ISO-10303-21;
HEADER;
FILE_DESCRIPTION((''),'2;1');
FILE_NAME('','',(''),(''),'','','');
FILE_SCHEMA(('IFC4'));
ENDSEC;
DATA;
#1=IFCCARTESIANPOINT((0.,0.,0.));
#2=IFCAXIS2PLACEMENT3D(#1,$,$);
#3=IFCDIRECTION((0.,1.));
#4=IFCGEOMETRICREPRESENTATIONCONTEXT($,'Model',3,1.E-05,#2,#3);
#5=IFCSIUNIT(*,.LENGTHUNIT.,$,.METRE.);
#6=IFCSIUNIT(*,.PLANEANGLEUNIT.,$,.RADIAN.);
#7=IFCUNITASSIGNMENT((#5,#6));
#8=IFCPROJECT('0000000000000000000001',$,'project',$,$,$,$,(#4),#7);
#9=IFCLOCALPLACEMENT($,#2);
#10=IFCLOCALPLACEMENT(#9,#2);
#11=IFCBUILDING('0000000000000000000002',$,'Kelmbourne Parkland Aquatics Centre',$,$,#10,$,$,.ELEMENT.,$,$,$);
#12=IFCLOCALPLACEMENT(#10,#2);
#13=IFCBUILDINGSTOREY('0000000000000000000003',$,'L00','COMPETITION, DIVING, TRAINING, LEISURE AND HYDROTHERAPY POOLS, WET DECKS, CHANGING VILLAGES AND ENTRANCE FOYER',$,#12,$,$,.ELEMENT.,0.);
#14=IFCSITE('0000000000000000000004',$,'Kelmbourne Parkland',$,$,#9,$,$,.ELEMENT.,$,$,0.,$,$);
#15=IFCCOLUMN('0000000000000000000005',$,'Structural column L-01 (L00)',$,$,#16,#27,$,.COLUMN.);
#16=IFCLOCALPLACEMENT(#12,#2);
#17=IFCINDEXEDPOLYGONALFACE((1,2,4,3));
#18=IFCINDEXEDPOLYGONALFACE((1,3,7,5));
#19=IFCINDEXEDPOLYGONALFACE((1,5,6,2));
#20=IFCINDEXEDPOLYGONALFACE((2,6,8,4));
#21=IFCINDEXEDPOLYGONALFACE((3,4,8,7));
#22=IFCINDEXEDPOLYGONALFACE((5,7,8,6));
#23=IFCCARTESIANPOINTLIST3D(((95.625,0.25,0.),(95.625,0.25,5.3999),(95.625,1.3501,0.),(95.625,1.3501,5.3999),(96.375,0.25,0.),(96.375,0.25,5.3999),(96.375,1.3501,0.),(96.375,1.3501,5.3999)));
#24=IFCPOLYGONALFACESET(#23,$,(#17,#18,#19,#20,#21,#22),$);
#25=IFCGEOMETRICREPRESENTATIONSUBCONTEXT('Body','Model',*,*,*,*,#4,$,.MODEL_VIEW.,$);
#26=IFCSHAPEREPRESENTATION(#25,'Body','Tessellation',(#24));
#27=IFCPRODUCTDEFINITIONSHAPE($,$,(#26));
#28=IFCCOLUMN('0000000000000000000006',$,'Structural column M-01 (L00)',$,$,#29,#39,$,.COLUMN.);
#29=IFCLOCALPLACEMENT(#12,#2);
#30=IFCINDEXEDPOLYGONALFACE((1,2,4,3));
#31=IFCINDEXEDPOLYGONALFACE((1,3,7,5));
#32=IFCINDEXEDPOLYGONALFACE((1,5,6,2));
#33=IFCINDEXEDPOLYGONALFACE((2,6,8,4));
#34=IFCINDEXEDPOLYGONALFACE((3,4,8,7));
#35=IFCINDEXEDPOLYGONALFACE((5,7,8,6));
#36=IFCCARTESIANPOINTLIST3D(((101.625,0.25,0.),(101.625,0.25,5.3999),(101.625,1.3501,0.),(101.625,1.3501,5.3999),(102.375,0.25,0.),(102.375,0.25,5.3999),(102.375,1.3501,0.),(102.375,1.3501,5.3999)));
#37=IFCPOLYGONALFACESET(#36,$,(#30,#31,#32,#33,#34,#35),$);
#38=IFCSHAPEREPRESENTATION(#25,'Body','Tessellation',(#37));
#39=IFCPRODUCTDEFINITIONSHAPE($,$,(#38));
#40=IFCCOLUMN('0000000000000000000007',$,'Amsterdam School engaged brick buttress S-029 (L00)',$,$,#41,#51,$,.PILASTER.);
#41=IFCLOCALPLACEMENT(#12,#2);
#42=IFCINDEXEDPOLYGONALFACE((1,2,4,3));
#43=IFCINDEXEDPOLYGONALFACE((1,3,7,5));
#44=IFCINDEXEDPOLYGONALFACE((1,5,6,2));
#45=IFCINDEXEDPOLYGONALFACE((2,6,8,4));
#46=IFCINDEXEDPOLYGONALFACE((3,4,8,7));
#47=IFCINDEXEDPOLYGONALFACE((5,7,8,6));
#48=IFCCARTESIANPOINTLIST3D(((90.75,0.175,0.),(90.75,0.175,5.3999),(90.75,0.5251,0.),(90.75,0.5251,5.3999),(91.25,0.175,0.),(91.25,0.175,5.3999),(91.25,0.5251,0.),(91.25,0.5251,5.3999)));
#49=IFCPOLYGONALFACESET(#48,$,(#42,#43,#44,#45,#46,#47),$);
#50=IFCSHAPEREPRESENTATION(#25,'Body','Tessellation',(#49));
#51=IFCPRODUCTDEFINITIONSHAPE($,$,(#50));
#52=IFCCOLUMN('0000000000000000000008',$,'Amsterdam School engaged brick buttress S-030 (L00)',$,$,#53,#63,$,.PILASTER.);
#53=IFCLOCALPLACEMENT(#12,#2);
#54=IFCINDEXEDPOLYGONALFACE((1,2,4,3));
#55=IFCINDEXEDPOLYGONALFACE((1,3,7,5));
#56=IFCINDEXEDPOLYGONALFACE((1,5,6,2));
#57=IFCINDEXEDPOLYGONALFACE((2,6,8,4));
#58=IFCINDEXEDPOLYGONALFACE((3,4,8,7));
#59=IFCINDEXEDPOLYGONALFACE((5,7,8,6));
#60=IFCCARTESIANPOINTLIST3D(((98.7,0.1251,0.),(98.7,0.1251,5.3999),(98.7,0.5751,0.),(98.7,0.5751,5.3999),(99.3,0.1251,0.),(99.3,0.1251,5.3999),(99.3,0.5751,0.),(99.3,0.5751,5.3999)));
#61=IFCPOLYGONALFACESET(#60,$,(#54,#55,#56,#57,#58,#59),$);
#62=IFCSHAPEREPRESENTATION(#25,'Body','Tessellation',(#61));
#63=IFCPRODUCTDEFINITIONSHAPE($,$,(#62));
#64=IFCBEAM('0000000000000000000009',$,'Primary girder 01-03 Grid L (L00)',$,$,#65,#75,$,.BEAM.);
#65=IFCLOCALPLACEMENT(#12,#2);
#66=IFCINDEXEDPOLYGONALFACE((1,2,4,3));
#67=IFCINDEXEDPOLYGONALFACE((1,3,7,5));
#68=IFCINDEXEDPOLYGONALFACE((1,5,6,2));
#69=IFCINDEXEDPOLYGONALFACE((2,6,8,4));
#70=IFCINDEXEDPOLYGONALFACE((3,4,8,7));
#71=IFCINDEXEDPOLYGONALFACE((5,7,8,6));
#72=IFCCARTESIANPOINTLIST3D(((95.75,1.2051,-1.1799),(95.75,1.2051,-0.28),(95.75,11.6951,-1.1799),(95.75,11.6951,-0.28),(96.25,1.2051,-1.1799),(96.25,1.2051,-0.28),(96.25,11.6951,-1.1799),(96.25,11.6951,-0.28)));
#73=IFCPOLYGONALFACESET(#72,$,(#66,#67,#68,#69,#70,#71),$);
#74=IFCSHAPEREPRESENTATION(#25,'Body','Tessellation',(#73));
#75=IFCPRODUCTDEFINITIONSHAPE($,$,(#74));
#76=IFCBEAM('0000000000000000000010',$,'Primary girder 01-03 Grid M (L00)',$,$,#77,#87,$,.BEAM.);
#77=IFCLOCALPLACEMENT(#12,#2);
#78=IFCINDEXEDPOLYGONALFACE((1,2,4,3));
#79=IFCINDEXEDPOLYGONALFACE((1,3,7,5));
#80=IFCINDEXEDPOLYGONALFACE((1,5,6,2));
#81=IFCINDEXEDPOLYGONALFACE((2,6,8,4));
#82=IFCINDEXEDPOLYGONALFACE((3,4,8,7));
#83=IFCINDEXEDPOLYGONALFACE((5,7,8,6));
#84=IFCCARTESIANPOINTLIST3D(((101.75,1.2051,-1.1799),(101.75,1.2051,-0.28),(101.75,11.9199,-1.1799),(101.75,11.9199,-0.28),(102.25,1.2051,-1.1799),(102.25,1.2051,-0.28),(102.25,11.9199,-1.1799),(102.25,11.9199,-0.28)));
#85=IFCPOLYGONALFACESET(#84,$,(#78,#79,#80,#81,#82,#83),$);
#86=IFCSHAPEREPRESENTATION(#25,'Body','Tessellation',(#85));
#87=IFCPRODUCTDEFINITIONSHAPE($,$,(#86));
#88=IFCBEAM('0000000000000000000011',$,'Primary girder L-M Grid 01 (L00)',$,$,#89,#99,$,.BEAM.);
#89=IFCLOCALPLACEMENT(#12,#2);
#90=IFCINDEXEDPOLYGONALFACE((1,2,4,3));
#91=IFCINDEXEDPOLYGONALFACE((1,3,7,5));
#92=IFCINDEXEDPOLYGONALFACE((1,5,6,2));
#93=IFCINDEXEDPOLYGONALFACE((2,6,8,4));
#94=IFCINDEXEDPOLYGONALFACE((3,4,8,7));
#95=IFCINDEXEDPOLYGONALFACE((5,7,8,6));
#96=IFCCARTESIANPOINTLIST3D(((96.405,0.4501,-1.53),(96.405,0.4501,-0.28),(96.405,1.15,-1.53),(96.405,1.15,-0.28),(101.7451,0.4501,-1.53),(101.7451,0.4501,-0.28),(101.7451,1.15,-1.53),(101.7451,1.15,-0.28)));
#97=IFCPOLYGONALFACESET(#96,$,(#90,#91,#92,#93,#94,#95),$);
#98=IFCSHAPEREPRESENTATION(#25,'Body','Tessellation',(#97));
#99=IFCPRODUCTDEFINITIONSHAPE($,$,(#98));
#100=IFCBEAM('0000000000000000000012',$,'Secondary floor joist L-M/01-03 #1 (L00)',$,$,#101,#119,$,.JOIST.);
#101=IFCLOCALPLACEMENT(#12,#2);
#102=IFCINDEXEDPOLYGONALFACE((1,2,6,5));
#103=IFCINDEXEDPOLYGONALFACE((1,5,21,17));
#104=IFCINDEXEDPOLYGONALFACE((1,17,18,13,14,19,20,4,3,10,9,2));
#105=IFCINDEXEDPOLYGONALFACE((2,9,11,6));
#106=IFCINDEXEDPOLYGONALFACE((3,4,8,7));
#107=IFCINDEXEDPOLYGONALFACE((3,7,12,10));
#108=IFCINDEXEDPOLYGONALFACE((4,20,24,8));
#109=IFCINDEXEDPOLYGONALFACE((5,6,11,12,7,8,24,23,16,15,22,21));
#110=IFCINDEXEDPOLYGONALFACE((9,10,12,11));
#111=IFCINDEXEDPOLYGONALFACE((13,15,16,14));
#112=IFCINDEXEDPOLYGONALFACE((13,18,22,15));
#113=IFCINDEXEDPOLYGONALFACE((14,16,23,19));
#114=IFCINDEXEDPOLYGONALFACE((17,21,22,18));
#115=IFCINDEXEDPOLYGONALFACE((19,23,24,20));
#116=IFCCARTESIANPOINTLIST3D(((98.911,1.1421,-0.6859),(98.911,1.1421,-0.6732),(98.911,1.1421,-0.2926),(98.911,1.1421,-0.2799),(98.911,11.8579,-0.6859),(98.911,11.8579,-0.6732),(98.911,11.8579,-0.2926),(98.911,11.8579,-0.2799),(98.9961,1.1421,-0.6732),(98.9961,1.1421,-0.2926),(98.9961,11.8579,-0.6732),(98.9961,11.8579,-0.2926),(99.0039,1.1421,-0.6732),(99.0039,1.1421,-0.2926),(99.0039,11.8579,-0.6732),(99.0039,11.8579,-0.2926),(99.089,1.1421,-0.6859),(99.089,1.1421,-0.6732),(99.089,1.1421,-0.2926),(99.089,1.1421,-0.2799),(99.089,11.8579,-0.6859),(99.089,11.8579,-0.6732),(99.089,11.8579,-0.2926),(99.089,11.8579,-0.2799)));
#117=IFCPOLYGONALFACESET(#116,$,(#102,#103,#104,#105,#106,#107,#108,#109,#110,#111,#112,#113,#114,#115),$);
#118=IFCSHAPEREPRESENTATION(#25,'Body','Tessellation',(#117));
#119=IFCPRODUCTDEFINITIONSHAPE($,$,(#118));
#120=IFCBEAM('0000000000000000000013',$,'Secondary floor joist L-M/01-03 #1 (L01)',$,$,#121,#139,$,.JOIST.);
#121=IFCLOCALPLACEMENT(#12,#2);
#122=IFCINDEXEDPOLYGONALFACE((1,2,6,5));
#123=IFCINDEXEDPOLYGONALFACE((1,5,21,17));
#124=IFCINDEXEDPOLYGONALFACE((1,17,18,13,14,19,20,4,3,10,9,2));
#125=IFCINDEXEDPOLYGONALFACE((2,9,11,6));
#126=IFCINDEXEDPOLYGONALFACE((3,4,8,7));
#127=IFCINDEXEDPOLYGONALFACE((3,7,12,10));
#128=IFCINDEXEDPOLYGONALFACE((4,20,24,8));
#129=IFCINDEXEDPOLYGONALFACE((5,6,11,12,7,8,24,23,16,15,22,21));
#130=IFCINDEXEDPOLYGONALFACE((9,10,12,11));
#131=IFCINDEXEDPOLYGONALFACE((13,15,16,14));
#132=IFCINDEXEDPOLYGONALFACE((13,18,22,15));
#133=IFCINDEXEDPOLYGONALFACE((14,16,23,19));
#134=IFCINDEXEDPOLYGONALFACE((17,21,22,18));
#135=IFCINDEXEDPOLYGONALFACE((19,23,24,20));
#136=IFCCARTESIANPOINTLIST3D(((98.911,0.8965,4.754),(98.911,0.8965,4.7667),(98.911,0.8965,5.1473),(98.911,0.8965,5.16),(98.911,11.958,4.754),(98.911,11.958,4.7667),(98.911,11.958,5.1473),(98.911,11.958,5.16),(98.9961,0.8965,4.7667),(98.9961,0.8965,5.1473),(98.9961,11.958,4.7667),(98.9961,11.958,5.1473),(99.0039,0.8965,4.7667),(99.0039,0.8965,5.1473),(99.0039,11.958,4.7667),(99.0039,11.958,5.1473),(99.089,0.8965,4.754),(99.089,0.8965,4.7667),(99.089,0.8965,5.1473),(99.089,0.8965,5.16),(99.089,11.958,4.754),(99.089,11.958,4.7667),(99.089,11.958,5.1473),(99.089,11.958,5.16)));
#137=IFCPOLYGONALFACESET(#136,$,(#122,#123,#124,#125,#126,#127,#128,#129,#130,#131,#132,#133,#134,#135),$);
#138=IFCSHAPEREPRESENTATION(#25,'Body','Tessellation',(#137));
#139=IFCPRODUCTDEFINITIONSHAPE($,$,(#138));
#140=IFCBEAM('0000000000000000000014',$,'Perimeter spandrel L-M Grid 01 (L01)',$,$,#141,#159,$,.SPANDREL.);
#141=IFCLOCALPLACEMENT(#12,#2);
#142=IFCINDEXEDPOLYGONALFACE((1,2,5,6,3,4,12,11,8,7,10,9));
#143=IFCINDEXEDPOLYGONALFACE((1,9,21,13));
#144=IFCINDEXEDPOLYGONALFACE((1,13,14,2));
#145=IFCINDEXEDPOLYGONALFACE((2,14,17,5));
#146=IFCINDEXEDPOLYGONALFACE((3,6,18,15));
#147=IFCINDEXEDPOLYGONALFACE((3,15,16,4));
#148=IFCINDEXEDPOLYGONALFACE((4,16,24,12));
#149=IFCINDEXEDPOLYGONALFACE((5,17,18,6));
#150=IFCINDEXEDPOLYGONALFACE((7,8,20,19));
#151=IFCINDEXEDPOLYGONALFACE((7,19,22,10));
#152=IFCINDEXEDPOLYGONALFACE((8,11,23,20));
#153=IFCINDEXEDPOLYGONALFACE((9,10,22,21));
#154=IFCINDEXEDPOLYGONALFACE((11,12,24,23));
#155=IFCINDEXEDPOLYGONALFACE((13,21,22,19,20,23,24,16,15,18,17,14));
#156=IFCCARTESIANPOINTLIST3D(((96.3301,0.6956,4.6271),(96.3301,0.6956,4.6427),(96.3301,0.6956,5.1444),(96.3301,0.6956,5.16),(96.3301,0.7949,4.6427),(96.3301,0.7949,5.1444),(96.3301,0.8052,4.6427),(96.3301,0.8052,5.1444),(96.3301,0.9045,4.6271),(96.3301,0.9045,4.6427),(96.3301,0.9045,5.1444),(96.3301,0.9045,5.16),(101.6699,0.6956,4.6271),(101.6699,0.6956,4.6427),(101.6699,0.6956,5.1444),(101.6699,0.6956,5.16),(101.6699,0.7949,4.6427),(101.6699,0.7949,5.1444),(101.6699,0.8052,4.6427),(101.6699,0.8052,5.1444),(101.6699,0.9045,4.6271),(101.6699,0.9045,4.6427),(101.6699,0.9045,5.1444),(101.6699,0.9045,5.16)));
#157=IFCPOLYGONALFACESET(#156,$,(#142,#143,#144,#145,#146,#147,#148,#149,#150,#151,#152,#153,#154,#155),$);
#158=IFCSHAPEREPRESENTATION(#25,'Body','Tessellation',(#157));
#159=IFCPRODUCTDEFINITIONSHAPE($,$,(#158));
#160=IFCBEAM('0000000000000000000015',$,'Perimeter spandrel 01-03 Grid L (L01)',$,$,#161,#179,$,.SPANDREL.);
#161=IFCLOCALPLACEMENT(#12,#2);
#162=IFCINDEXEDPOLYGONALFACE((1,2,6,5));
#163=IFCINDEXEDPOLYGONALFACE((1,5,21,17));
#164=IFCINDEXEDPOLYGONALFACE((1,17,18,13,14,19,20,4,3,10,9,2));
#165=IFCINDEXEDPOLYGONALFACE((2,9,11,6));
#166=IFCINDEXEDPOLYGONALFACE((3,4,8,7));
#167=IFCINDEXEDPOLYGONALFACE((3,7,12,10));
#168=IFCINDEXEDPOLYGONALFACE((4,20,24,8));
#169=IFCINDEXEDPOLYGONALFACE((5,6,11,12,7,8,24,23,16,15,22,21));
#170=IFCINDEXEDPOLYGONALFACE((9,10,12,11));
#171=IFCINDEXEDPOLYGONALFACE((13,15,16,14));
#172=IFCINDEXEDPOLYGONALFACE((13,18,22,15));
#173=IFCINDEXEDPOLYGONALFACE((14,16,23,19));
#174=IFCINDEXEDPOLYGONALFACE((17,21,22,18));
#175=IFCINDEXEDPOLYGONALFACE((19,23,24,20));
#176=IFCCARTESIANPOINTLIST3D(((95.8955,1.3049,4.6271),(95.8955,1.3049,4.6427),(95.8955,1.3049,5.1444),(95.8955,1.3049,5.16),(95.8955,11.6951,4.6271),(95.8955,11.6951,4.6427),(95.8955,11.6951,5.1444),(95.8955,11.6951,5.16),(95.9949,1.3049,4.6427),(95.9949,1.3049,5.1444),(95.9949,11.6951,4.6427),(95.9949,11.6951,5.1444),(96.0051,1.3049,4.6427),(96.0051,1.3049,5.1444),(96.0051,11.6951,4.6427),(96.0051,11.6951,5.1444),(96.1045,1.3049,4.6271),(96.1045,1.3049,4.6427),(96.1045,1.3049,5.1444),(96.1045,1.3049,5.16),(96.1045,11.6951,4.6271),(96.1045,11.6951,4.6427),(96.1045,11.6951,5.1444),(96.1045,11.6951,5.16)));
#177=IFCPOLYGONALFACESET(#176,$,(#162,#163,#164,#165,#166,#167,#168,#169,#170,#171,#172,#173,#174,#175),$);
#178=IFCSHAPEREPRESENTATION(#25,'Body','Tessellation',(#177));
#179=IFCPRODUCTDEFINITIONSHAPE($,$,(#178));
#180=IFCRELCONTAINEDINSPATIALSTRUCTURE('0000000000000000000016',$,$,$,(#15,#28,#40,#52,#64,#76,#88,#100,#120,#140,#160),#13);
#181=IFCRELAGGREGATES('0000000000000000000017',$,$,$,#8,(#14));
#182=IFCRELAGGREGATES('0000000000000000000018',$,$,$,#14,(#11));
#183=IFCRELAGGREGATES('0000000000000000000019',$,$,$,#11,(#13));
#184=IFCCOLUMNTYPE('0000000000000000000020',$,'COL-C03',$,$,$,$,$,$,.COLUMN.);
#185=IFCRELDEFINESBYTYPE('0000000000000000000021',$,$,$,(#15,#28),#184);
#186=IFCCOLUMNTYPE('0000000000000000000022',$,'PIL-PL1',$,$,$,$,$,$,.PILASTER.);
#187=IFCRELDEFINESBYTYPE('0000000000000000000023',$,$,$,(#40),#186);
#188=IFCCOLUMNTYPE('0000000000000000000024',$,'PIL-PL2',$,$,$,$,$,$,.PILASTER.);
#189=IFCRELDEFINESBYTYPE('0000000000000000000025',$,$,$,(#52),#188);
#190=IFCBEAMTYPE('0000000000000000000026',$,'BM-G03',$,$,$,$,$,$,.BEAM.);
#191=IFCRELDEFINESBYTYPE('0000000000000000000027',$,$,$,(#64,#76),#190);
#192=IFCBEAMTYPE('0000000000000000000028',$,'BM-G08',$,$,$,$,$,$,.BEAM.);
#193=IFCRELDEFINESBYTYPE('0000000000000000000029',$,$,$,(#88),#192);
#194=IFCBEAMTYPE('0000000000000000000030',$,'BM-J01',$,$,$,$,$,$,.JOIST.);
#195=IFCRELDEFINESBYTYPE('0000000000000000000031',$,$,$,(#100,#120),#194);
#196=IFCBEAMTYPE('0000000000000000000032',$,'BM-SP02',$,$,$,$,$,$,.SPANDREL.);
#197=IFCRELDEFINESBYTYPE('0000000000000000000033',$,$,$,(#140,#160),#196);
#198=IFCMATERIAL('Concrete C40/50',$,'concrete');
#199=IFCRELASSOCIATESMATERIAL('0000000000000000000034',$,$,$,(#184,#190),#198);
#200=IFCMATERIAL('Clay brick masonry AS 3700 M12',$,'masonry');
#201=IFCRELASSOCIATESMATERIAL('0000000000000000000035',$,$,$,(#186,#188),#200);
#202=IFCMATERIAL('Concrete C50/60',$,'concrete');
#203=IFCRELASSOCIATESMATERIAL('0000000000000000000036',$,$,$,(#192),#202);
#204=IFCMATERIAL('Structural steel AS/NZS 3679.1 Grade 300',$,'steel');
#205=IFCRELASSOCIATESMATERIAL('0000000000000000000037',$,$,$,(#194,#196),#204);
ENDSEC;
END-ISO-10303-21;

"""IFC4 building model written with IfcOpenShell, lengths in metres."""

from ifc_helpers import new_model, si_unit, direction, frame, origin, origin_2d, place, context, subcontext, project, spatial, rectangle, i_section, extrude, material, material_profile, profile_set, type_object, element, save


model = new_model("IFC4")

# Units and contexts
model_context = context("Model", 3, precision=1e-05, world=origin(), true_north=direction((0.0, 1.0)))
body_context = subcontext(model_context, "Body", "Model", "MODEL_VIEW")
ifc_project = project(units=[si_unit("LENGTHUNIT", "METRE"), si_unit("PLANEANGLEUNIT", "RADIAN")], contexts=[model_context])

# Site, building, storey
site_placement = place(None, origin())
site = spatial("IfcSite", under=ifc_project, at=site_placement, Name="Kelmbourne Parkland", CompositionType="ELEMENT", RefElevation=0.0)
building_placement = place(site_placement, origin())
building = spatial("IfcBuilding", under=site, at=building_placement, Name="Kelmbourne Parkland Aquatics Centre", CompositionType="ELEMENT")
storey_placement = place(building_placement, origin())
storey = spatial("IfcBuildingStorey", under=building, at=storey_placement, Name="L00", Description="COMPETITION, DIVING, TRAINING, LEISURE AND HYDROTHERAPY POOLS, WET DECKS, CHANGING VILLAGES AND ENTRANCE FOYER", CompositionType="ELEMENT", Elevation=0.0)

# Columns
ifc_material_1 = material(Name="Concrete C40/50", Category="concrete")
ifc_material_profile_1 = material_profile(ifc_material_1, rectangle(XDim=0.75, YDim=1.1001, at=origin_2d()), Name="RC 750x1100")
ifc_profile_set_1 = profile_set([ifc_material_profile_1], Name="Concrete C40/50")
column_type_1 = type_object("IfcColumnType", Name="COL-C03", PredefinedType="COLUMN", material=ifc_profile_set_1)
for number, where, z_axis, x_axis, name in (
    (1, (96.0, 0.8, 0.0), (0.0, 0.0, 1.0), (1.0, 0.0, 0.0), "Structural column L-01 (L00)"),
    (2, (102.0, 0.8, 0.0), (0.0, 0.0, 1.0), (1.0, 0.0, 0.0), "Structural column M-01 (L00)"),
):
    element("IfcColumn", number, at=place(storey_placement, frame(where, z_axis=z_axis, x_axis=x_axis)), inside=storey, type_object=column_type_1, Name=name, PredefinedType="COLUMN", context=body_context, shape_type="SweptSolid", body=[
        extrude(rectangle(XDim=0.75, YDim=1.1001, at=origin_2d()), origin(), (0.0, 0.0, 1.0), 5.3999),
    ])
ifc_material_2 = material(Name="Clay brick masonry AS 3700 M12", Category="masonry")
ifc_material_profile_2 = material_profile(ifc_material_2, rectangle(XDim=0.3501, YDim=0.5, at=origin_2d()), Name="PIL 350x500")
ifc_profile_set_2 = profile_set([ifc_material_profile_2], Name="Clay brick masonry AS 3700 M12")
column_type_2 = type_object("IfcColumnType", Name="PIL-PL1", PredefinedType="PILASTER", material=ifc_profile_set_2)
column_1_placement = place(storey_placement, frame((91.0, 0.3501, 0.0), z_axis=(0.0, 0.0, 1.0), x_axis=(0.0, 1.0, 0.0)))
element("IfcColumn", 3, at=column_1_placement, inside=storey, type_object=column_type_2, Name="Amsterdam School engaged brick buttress S-029 (L00)", PredefinedType="PILASTER", context=body_context, shape_type="SweptSolid", body=[
    extrude(rectangle(XDim=0.3501, YDim=0.5, at=origin_2d()), origin(), (0.0, 0.0, 1.0), 5.3999),
])
ifc_material_profile_3 = material_profile(ifc_material_2, rectangle(XDim=0.45, YDim=0.6001, at=origin_2d()), Name="PIL 450x600")
ifc_profile_set_3 = profile_set([ifc_material_profile_3], Name="Clay brick masonry AS 3700 M12")
column_type_3 = type_object("IfcColumnType", Name="PIL-PL2", PredefinedType="PILASTER", material=ifc_profile_set_3)
column_2_placement = place(storey_placement, frame((99.0, 0.3501, 0.0), z_axis=(0.0, 0.0, 1.0), x_axis=(0.0, 1.0, 0.0)))
element("IfcColumn", 4, at=column_2_placement, inside=storey, type_object=column_type_3, Name="Amsterdam School engaged brick buttress S-030 (L00)", PredefinedType="PILASTER", context=body_context, shape_type="SweptSolid", body=[
    extrude(rectangle(XDim=0.45, YDim=0.6001, at=origin_2d()), origin(), (0.0, 0.0, 1.0), 5.3999),
])

# Beams
ifc_material_profile_4 = material_profile(ifc_material_1, rectangle(XDim=0.5, YDim=0.8999, at=origin_2d()), Name="RC 500x900")
ifc_profile_set_4 = profile_set([ifc_material_profile_4], Name="Concrete C40/50")
beam_type_1 = type_object("IfcBeamType", Name="BM-G03", PredefinedType="BEAM", material=ifc_profile_set_4)
beam_1_placement = place(storey_placement, frame((96.0, 1.2051, -0.73), z_axis=(0.0, 1.0, 0.0), x_axis=(-1.0, 0.0, 0.0)))
element("IfcBeam", 5, at=beam_1_placement, inside=storey, type_object=beam_type_1, Name="Primary girder 01-03 Grid L (L00)", PredefinedType="BEAM", context=body_context, shape_type="SweptSolid", body=[
    extrude(rectangle(XDim=0.5, YDim=0.8999, at=origin_2d()), origin(), (0.0, 0.0, 1.0), 10.49),
])
beam_2_placement = place(storey_placement, frame((102.0, 1.2051, -0.73), z_axis=(0.0, 1.0, 0.0), x_axis=(-1.0, 0.0, 0.0)))
element("IfcBeam", 6, at=beam_2_placement, inside=storey, type_object=beam_type_1, Name="Primary girder 01-03 Grid M (L00)", PredefinedType="BEAM", context=body_context, shape_type="SweptSolid", body=[
    extrude(rectangle(XDim=0.5, YDim=0.8999, at=origin_2d()), origin(), (0.0, 0.0, 1.0), 10.7148),
])
ifc_material_3 = material(Name="Concrete C50/60", Category="concrete")
ifc_material_profile_5 = material_profile(ifc_material_3, rectangle(XDim=0.7, YDim=1.25, at=origin_2d()), Name="RC 700x1250")
ifc_profile_set_5 = profile_set([ifc_material_profile_5], Name="Concrete C50/60")
beam_type_2 = type_object("IfcBeamType", Name="BM-G08", PredefinedType="BEAM", material=ifc_profile_set_5)
beam_3_placement = place(storey_placement, frame((96.405, 0.8, -0.905), z_axis=(1.0, 0.0, 0.0), x_axis=(0.0, 1.0, 0.0)))
element("IfcBeam", 7, at=beam_3_placement, inside=storey, type_object=beam_type_2, Name="Primary girder L-M Grid 01 (L00)", PredefinedType="BEAM", context=body_context, shape_type="SweptSolid", body=[
    extrude(rectangle(XDim=0.7, YDim=1.25, at=origin_2d()), origin(), (0.0, 0.0, 1.0), 5.3401),
])
ifc_material_4 = material(Name="Structural steel AS/NZS 3679.1 Grade 300", Category="steel")
ifc_material_profile_6 = material_profile(ifc_material_4, i_section(OverallWidth=0.178, OverallDepth=0.406, WebThickness=0.0078, FlangeThickness=0.0127, at=origin_2d()), Name="410UB59.7")
ifc_profile_set_6 = profile_set([ifc_material_profile_6], Name="Structural steel AS/NZS 3679.1 Grade 300")
beam_type_3 = type_object("IfcBeamType", Name="BM-J01", PredefinedType="JOIST", material=ifc_profile_set_6)
beam_4_placement = place(storey_placement, frame((99.0, 1.1421, -0.4829), z_axis=(0.0, 1.0, 0.0), x_axis=(-1.0, 0.0, 0.0)))
element("IfcBeam", 8, at=beam_4_placement, inside=storey, type_object=beam_type_3, Name="Secondary floor joist L-M/01-03 #1 (L00)", PredefinedType="JOIST", context=body_context, shape_type="SweptSolid", body=[
    extrude(i_section(OverallWidth=0.178, OverallDepth=0.406, WebThickness=0.0078, FlangeThickness=0.0127, at=origin_2d()), origin(), (0.0, 0.0, 1.0), 10.7158),
])
beam_5_placement = place(storey_placement, frame((99.0, 0.8965, 4.957), z_axis=(0.0, 1.0, 0.0), x_axis=(-1.0, 0.0, 0.0)))
element("IfcBeam", 9, at=beam_5_placement, inside=storey, type_object=beam_type_3, Name="Secondary floor joist L-M/01-03 #1 (L01)", PredefinedType="JOIST", context=body_context, shape_type="SweptSolid", body=[
    extrude(i_section(OverallWidth=0.178, OverallDepth=0.406, WebThickness=0.0078, FlangeThickness=0.0127, at=origin_2d()), origin(), (0.0, 0.0, 1.0), 11.0615),
])
ifc_material_profile_7 = material_profile(ifc_material_4, i_section(OverallWidth=0.209, OverallDepth=0.533, WebThickness=0.0103, FlangeThickness=0.0156, at=origin_2d()), Name="530UB92.4")
ifc_profile_set_7 = profile_set([ifc_material_profile_7], Name="Structural steel AS/NZS 3679.1 Grade 300")
beam_type_4 = type_object("IfcBeamType", Name="BM-SP02", PredefinedType="SPANDREL", material=ifc_profile_set_7)
beam_6_placement = place(storey_placement, frame((96.3301, 0.8, 4.8936), z_axis=(1.0, 0.0, 0.0), x_axis=(0.0, 1.0, 0.0)))
element("IfcBeam", 10, at=beam_6_placement, inside=storey, type_object=beam_type_4, Name="Perimeter spandrel L-M Grid 01 (L01)", PredefinedType="SPANDREL", context=body_context, shape_type="SweptSolid", body=[
    extrude(i_section(OverallWidth=0.209, OverallDepth=0.533, WebThickness=0.0103, FlangeThickness=0.0156, at=origin_2d()), origin(), (0.0, 0.0, 1.0), 5.3398),
])
beam_7_placement = place(storey_placement, frame((96.0, 1.3049, 4.8936), z_axis=(0.0, 1.0, 0.0), x_axis=(-1.0, 0.0, 0.0)))
element("IfcBeam", 11, at=beam_7_placement, inside=storey, type_object=beam_type_4, Name="Perimeter spandrel 01-03 Grid L (L01)", PredefinedType="SPANDREL", context=body_context, shape_type="SweptSolid", body=[
    extrude(i_section(OverallWidth=0.209, OverallDepth=0.533, WebThickness=0.0103, FlangeThickness=0.0156, at=origin_2d()), origin(), (0.0, 0.0, 1.0), 10.3901),
])

save(model, "model.ifc")
